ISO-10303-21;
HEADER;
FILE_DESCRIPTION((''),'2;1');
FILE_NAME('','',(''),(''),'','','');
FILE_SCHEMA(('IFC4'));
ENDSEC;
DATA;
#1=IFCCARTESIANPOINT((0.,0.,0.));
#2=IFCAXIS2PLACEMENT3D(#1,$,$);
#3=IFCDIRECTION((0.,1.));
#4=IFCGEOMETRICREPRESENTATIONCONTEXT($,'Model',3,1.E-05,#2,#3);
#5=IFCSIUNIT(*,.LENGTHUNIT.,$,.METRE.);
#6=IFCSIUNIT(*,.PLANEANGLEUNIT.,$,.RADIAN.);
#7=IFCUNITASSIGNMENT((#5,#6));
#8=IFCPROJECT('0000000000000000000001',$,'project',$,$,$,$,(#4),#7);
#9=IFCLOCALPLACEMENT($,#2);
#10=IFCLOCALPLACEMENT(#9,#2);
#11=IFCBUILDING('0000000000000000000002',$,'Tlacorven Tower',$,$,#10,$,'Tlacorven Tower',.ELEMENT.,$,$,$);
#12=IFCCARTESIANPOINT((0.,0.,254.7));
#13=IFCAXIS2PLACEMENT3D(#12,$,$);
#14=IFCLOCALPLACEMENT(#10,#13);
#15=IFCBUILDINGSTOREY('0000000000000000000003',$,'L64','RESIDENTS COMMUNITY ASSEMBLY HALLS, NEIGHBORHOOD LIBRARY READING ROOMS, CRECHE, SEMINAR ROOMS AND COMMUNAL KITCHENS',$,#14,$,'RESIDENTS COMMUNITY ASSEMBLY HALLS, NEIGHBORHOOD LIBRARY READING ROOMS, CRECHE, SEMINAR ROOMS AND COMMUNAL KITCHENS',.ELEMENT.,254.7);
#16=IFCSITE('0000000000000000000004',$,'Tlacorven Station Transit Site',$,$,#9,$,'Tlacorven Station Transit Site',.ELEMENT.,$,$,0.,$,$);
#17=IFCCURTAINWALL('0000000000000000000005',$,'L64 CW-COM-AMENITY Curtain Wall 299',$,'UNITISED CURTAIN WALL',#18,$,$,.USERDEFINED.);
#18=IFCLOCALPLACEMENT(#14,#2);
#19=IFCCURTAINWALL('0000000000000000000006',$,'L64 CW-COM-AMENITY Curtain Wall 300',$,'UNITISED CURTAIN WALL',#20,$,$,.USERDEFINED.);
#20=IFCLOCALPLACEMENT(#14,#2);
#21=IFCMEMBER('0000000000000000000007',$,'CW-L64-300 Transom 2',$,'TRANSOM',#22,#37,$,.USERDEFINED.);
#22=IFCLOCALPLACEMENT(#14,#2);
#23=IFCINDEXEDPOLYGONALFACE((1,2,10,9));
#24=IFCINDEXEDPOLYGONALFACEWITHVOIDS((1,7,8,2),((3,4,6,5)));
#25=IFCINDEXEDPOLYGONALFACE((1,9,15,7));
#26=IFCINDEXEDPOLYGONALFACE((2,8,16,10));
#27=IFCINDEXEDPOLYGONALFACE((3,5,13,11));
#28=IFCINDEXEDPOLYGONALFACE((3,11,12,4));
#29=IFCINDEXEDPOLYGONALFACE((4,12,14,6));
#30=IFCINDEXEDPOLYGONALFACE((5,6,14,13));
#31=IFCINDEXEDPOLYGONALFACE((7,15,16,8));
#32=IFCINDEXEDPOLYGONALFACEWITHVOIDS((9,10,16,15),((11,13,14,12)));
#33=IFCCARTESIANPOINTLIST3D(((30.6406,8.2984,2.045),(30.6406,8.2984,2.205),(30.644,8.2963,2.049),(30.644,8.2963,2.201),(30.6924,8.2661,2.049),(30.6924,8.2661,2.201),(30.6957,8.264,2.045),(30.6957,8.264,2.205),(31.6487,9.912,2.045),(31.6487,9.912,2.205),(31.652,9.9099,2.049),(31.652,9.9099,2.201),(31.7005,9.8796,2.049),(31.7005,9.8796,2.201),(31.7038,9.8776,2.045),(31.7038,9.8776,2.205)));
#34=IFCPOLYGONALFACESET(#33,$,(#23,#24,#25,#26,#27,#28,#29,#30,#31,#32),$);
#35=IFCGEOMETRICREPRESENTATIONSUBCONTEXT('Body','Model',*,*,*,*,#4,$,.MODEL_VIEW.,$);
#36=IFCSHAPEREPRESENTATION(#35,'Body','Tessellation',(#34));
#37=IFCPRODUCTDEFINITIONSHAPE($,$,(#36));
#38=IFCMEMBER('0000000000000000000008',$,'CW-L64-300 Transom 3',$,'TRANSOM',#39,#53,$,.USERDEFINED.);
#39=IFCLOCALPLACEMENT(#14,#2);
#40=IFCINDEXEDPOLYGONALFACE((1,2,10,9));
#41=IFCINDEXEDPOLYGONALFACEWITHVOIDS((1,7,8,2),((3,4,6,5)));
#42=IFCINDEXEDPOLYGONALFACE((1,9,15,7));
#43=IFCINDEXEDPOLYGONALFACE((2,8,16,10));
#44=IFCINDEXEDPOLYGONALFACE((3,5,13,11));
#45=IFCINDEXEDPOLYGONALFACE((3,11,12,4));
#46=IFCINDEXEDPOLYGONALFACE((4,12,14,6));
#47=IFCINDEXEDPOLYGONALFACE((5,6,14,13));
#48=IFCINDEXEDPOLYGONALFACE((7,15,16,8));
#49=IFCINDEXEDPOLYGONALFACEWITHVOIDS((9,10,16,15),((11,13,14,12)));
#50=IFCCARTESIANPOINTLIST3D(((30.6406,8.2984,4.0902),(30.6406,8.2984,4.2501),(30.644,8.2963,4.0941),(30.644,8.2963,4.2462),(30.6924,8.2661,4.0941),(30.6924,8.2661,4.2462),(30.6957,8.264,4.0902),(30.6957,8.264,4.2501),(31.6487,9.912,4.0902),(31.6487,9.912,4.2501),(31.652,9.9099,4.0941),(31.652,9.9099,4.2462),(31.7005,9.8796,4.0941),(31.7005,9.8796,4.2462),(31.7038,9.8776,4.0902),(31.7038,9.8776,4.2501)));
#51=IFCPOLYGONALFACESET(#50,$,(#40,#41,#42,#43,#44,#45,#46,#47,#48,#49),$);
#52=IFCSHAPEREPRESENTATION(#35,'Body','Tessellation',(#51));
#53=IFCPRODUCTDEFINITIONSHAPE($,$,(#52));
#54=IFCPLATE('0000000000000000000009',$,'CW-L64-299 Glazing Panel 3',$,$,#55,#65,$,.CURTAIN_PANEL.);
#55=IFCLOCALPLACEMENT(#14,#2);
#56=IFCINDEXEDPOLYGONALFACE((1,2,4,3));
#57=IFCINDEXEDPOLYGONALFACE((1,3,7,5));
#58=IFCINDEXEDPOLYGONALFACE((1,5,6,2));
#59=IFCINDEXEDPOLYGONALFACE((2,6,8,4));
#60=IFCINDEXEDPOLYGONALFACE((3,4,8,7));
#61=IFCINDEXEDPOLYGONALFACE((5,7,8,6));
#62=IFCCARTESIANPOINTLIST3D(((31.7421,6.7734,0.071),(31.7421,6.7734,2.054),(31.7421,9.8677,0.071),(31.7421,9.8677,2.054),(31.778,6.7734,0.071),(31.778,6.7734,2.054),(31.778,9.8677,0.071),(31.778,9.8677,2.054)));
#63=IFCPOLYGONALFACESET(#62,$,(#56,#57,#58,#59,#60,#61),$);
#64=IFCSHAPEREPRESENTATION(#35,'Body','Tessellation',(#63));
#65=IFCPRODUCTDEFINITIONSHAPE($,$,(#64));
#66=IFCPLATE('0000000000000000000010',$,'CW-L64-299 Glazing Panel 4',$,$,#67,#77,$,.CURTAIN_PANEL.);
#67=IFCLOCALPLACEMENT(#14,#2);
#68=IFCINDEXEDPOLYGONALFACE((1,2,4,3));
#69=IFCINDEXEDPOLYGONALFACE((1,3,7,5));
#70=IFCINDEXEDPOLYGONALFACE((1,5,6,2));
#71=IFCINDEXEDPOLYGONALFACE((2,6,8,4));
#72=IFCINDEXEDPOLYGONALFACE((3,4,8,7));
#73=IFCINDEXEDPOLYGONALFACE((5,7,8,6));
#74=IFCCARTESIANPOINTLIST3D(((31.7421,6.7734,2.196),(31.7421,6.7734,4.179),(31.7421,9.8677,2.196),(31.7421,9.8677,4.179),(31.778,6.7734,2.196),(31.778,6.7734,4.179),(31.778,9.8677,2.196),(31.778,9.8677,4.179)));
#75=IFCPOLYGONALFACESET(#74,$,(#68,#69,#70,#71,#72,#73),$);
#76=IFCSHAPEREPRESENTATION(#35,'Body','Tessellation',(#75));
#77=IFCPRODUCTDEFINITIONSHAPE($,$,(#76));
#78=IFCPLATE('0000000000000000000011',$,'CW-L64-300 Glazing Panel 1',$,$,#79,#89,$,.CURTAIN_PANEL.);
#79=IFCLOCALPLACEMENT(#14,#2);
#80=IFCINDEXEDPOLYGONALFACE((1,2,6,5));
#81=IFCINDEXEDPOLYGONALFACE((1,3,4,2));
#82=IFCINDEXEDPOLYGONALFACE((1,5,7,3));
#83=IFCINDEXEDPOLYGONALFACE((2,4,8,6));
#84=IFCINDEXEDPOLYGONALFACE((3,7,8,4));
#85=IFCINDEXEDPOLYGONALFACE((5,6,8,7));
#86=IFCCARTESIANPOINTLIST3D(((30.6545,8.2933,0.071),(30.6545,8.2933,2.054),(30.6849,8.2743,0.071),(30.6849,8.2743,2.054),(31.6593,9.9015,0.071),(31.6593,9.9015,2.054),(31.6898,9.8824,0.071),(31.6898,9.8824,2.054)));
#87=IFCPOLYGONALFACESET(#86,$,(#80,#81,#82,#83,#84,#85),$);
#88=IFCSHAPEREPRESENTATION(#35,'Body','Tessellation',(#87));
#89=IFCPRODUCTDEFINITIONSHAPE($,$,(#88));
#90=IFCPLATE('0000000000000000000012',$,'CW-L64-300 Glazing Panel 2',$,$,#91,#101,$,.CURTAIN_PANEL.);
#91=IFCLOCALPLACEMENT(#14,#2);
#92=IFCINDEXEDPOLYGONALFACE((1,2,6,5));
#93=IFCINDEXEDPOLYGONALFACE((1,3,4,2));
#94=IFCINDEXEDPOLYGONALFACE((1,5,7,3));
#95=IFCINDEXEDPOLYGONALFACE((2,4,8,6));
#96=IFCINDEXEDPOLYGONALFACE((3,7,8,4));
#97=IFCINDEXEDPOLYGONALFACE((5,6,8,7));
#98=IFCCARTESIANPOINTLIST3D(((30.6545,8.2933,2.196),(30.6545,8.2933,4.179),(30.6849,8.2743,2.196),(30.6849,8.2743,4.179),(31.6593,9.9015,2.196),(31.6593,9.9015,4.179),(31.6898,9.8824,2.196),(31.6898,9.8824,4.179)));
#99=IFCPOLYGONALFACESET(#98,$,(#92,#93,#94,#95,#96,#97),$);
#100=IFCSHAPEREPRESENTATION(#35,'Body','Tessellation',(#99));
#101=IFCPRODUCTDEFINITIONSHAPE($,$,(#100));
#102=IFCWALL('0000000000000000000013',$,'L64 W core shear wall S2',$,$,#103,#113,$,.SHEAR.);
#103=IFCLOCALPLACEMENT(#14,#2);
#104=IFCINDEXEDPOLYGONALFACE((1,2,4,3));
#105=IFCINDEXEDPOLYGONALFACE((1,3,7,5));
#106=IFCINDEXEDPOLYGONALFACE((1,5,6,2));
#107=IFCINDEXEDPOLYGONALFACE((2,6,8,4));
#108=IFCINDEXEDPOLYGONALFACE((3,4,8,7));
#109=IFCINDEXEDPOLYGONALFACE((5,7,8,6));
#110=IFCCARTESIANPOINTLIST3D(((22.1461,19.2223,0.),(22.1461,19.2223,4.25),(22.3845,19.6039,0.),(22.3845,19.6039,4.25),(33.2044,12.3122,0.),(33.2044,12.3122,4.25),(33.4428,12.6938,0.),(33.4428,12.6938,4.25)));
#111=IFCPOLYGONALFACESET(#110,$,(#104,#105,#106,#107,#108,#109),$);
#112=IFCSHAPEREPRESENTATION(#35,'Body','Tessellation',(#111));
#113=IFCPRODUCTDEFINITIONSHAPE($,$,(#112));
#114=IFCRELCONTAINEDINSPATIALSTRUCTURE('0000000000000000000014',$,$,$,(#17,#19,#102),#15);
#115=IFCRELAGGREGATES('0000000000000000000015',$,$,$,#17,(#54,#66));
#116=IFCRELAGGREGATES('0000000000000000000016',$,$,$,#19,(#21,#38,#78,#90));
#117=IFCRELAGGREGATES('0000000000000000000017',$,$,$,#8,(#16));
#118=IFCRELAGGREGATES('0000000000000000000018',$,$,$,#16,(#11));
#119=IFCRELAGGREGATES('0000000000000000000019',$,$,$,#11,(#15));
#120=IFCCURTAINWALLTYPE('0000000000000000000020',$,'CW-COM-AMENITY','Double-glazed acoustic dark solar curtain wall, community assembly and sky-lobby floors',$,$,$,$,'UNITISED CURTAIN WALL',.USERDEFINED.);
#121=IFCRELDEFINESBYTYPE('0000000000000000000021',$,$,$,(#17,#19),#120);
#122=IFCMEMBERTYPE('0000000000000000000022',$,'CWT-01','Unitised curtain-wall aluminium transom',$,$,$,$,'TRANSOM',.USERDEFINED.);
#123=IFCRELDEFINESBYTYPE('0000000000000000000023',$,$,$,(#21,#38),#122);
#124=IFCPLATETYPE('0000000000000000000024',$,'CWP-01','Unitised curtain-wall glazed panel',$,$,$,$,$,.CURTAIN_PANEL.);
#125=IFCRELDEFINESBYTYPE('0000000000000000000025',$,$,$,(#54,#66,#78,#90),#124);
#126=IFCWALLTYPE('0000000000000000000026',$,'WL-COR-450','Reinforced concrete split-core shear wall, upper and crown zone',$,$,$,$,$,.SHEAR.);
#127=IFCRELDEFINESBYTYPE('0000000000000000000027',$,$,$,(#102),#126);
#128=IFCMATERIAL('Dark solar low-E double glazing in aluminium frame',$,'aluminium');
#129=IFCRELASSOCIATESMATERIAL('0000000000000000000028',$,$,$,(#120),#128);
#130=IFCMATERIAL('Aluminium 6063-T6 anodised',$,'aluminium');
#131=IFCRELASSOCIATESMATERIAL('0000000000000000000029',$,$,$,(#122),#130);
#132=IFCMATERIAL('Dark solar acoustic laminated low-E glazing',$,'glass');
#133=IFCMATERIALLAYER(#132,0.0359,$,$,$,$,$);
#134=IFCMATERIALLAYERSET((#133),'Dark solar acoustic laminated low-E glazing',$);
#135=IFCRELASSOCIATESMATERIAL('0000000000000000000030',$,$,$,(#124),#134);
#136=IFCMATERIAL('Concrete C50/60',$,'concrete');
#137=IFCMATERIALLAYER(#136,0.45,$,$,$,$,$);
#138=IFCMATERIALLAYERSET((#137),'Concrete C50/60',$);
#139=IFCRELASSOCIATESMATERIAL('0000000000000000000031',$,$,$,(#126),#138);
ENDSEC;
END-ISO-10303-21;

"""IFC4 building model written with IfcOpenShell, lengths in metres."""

from ifc_helpers import new_model, si_unit, direction, frame, frame_2d, origin, origin_2d, place, context, subcontext, project, spatial, rectangle, hollow_rectangle, extrude, source, transform, mapped, material, layer, layer_set, material_profile, profile_set, type_object, element, aggregate, save


model = new_model("IFC4")

# Units and contexts
model_context = context("Model", 3, precision=1e-05, world=origin(), true_north=direction((0.0, 1.0)))
body_context = subcontext(model_context, "Body", "Model", "MODEL_VIEW")
ifc_project = project(units=[si_unit("LENGTHUNIT", "METRE"), si_unit("PLANEANGLEUNIT", "RADIAN")], contexts=[model_context])

# Site, building, storey
site_placement = place(None, origin())
site = spatial("IfcSite", under=ifc_project, at=site_placement, Name="Tlacorven Station Transit Site", LongName="Tlacorven Station Transit Site", CompositionType="ELEMENT", RefElevation=0.0)
building_placement = place(site_placement, origin())
building = spatial("IfcBuilding", under=site, at=building_placement, Name="Tlacorven Tower", LongName="Tlacorven Tower", CompositionType="ELEMENT")
storey_placement = place(building_placement, frame((0.0, 0.0, 254.7)))
storey = spatial("IfcBuildingStorey", under=building, at=storey_placement, Name="L64", Description="RESIDENTS COMMUNITY ASSEMBLY HALLS, NEIGHBORHOOD LIBRARY READING ROOMS, CRECHE, SEMINAR ROOMS AND COMMUNAL KITCHENS", LongName="RESIDENTS COMMUNITY ASSEMBLY HALLS, NEIGHBORHOOD LIBRARY READING ROOMS, CRECHE, SEMINAR ROOMS AND COMMUNAL KITCHENS", CompositionType="ELEMENT", Elevation=254.7)

# Curtain wall
ifc_material_1 = material(Name="Dark solar low-E double glazing in aluminium frame", Category="aluminium")
curtain_wall_type = type_object("IfcCurtainWallType", Name="CW-COM-AMENITY", Description="Double-glazed acoustic dark solar curtain wall, community assembly and sky-lobby floors", ElementType="UNITISED CURTAIN WALL", PredefinedType="USERDEFINED", material=ifc_material_1)
curtain_wall_1_placement = place(storey_placement, origin())
curtain_wall_1 = element("IfcCurtainWall", 1, at=curtain_wall_1_placement, inside=storey, type_object=curtain_wall_type, Name="L64 CW-COM-AMENITY Curtain Wall 299", ObjectType="UNITISED CURTAIN WALL", PredefinedType="USERDEFINED")
ifc_material_2 = material(Name="Aluminium 6063-T6 anodised", Category="aluminium")

# Curtain wall
curtain_wall_2_placement = place(storey_placement, origin())
curtain_wall_2 = element("IfcCurtainWall", 2, at=curtain_wall_2_placement, inside=storey, type_object=curtain_wall_type, Name="L64 CW-COM-AMENITY Curtain Wall 300", ObjectType="UNITISED CURTAIN WALL", PredefinedType="USERDEFINED")

# Members
ifc_material_profile_1 = material_profile(ifc_material_2, hollow_rectangle(XDim=0.0649, YDim=0.1599, WallThickness=0.0039, at=origin_2d()), Name="ALU TRANSOM 65X160")
ifc_profile_set_1 = profile_set([ifc_material_profile_1], Name="Aluminium 6063-T6 anodised")
member_type_1 = type_object("IfcMemberType", Name="CWT-01", Description="Unitised curtain-wall aluminium transom", ElementType="TRANSOM", PredefinedType="USERDEFINED", material=ifc_profile_set_1)
shared_shape_1 = source(origin(), body_context, "Body", "SweptSolid", [
    extrude(hollow_rectangle(XDim=0.0649, YDim=0.1599, WallThickness=0.0039, at=origin_2d()), origin(), (0.0, 0.0, 1.0), 1.9026),
])
member_1_placement = place(storey_placement, frame((31.6763, 9.8948, 2.125), z_axis=(-0.529849, -0.848092, 0.0), x_axis=(0.848092, -0.529849, 0.0)))
member_1 = element("IfcMember", 3, at=member_1_placement, type_object=member_type_1, Name="CW-L64-300 Transom 2", ObjectType="TRANSOM", PredefinedType="USERDEFINED", context=body_context, shape_type="MappedRepresentation", body=[
    mapped(shared_shape_1, transform((0.0, 0.0, 0.0), scale=1.0)),
])
member_2_placement = place(storey_placement, frame((31.6763, 9.8948, 4.1702), z_axis=(-0.529849, -0.848092, 0.0), x_axis=(0.848092, -0.529849, 0.0)))
member_2 = element("IfcMember", 4, at=member_2_placement, type_object=member_type_1, Name="CW-L64-300 Transom 3", ObjectType="TRANSOM", PredefinedType="USERDEFINED", context=body_context, shape_type="MappedRepresentation", body=[
    mapped(shared_shape_1, transform((0.0, 0.0, 0.0), scale=1.0)),
])

# Plates
ifc_material_3 = material(Name="Dark solar acoustic laminated low-E glazing", Category="glass")
ifc_layer_1 = layer(ifc_material_3, 0.0359)
ifc_layer_set_1 = layer_set([ifc_layer_1], Name="Dark solar acoustic laminated low-E glazing")
plate_type = type_object("IfcPlateType", Name="CWP-01", Description="Unitised curtain-wall glazed panel", PredefinedType="CURTAIN_PANEL", material=ifc_layer_set_1)
shared_shape_2 = source(origin(), body_context, "Body", "SweptSolid", [
    extrude(rectangle(XDim=3.0942, YDim=0.0359, at=origin_2d()), origin(), (0.0, 0.0, 1.0), 1.9829),
])
plate_1_placement = place(storey_placement, frame((31.76, 8.3206, 0.071), z_axis=(0.0, 0.0, 1.0), x_axis=(0.0, 1.0, 0.0)))
plate_1 = element("IfcPlate", 5, at=plate_1_placement, type_object=plate_type, Name="CW-L64-299 Glazing Panel 3", PredefinedType="CURTAIN_PANEL", context=body_context, shape_type="MappedRepresentation", body=[
    mapped(shared_shape_2, transform((0.0, 0.0, 0.0), scale=1.0)),
])
plate_2_placement = place(storey_placement, frame((31.76, 8.3206, 2.196), z_axis=(0.0, 0.0, 1.0), x_axis=(0.0, 1.0, 0.0)))
plate_2 = element("IfcPlate", 6, at=plate_2_placement, type_object=plate_type, Name="CW-L64-299 Glazing Panel 4", PredefinedType="CURTAIN_PANEL", context=body_context, shape_type="MappedRepresentation", body=[
    mapped(shared_shape_2, transform((0.0, 0.0, 0.0), scale=1.0)),
])
aggregate(curtain_wall_1, [plate_1, plate_2])
shared_shape_3 = source(origin(), body_context, "Body", "SweptSolid", [
    extrude(rectangle(XDim=1.8962, YDim=0.0359, at=origin_2d()), origin(), (0.0, 0.0, 1.0), 1.9829),
])
plate_3_placement = place(storey_placement, frame((31.1721, 9.0879, 0.071), z_axis=(0.0, 0.0, 1.0), x_axis=(-0.529919, -0.848048, 0.0)))
plate_3 = element("IfcPlate", 7, at=plate_3_placement, type_object=plate_type, Name="CW-L64-300 Glazing Panel 1", PredefinedType="CURTAIN_PANEL", context=body_context, shape_type="MappedRepresentation", body=[
    mapped(shared_shape_3, transform((0.0, 0.0, 0.0), scale=1.0)),
])
plate_4_placement = place(storey_placement, frame((31.1721, 9.0879, 2.196), z_axis=(0.0, 0.0, 1.0), x_axis=(-0.529919, -0.848048, 0.0)))
plate_4 = element("IfcPlate", 8, at=plate_4_placement, type_object=plate_type, Name="CW-L64-300 Glazing Panel 2", PredefinedType="CURTAIN_PANEL", context=body_context, shape_type="MappedRepresentation", body=[
    mapped(shared_shape_3, transform((0.0, 0.0, 0.0), scale=1.0)),
])
aggregate(curtain_wall_2, [member_1, member_2, plate_3, plate_4])

# Wall
ifc_material_4 = material(Name="Concrete C50/60", Category="concrete")
ifc_layer_2 = layer(ifc_material_4, 0.45)
ifc_layer_set_2 = layer_set([ifc_layer_2], Name="Concrete C50/60")
wall_type_1 = type_object("IfcWallType", Name="WL-COR-450", Description="Reinforced concrete split-core shear wall, upper and crown zone", PredefinedType="SHEAR", material=ifc_layer_set_2)
wall_1_placement = place(storey_placement, frame((33.3237, 12.5029, 0.0), z_axis=(0.0, 0.0, 1.0), x_axis=(-0.848044, 0.529927, 0.0)))
element("IfcWall", 9, at=wall_1_placement, inside=storey, type_object=wall_type_1, Name="L64 W core shear wall S2", PredefinedType="SHEAR", context=body_context, shape_type="SweptSolid", body=[
    extrude(rectangle(XDim=13.0398, YDim=0.45, at=frame_2d((6.52, 0.0))), origin(), (0.0, 0.0, 1.0), 4.25),
])

save(model, "model.ifc")
